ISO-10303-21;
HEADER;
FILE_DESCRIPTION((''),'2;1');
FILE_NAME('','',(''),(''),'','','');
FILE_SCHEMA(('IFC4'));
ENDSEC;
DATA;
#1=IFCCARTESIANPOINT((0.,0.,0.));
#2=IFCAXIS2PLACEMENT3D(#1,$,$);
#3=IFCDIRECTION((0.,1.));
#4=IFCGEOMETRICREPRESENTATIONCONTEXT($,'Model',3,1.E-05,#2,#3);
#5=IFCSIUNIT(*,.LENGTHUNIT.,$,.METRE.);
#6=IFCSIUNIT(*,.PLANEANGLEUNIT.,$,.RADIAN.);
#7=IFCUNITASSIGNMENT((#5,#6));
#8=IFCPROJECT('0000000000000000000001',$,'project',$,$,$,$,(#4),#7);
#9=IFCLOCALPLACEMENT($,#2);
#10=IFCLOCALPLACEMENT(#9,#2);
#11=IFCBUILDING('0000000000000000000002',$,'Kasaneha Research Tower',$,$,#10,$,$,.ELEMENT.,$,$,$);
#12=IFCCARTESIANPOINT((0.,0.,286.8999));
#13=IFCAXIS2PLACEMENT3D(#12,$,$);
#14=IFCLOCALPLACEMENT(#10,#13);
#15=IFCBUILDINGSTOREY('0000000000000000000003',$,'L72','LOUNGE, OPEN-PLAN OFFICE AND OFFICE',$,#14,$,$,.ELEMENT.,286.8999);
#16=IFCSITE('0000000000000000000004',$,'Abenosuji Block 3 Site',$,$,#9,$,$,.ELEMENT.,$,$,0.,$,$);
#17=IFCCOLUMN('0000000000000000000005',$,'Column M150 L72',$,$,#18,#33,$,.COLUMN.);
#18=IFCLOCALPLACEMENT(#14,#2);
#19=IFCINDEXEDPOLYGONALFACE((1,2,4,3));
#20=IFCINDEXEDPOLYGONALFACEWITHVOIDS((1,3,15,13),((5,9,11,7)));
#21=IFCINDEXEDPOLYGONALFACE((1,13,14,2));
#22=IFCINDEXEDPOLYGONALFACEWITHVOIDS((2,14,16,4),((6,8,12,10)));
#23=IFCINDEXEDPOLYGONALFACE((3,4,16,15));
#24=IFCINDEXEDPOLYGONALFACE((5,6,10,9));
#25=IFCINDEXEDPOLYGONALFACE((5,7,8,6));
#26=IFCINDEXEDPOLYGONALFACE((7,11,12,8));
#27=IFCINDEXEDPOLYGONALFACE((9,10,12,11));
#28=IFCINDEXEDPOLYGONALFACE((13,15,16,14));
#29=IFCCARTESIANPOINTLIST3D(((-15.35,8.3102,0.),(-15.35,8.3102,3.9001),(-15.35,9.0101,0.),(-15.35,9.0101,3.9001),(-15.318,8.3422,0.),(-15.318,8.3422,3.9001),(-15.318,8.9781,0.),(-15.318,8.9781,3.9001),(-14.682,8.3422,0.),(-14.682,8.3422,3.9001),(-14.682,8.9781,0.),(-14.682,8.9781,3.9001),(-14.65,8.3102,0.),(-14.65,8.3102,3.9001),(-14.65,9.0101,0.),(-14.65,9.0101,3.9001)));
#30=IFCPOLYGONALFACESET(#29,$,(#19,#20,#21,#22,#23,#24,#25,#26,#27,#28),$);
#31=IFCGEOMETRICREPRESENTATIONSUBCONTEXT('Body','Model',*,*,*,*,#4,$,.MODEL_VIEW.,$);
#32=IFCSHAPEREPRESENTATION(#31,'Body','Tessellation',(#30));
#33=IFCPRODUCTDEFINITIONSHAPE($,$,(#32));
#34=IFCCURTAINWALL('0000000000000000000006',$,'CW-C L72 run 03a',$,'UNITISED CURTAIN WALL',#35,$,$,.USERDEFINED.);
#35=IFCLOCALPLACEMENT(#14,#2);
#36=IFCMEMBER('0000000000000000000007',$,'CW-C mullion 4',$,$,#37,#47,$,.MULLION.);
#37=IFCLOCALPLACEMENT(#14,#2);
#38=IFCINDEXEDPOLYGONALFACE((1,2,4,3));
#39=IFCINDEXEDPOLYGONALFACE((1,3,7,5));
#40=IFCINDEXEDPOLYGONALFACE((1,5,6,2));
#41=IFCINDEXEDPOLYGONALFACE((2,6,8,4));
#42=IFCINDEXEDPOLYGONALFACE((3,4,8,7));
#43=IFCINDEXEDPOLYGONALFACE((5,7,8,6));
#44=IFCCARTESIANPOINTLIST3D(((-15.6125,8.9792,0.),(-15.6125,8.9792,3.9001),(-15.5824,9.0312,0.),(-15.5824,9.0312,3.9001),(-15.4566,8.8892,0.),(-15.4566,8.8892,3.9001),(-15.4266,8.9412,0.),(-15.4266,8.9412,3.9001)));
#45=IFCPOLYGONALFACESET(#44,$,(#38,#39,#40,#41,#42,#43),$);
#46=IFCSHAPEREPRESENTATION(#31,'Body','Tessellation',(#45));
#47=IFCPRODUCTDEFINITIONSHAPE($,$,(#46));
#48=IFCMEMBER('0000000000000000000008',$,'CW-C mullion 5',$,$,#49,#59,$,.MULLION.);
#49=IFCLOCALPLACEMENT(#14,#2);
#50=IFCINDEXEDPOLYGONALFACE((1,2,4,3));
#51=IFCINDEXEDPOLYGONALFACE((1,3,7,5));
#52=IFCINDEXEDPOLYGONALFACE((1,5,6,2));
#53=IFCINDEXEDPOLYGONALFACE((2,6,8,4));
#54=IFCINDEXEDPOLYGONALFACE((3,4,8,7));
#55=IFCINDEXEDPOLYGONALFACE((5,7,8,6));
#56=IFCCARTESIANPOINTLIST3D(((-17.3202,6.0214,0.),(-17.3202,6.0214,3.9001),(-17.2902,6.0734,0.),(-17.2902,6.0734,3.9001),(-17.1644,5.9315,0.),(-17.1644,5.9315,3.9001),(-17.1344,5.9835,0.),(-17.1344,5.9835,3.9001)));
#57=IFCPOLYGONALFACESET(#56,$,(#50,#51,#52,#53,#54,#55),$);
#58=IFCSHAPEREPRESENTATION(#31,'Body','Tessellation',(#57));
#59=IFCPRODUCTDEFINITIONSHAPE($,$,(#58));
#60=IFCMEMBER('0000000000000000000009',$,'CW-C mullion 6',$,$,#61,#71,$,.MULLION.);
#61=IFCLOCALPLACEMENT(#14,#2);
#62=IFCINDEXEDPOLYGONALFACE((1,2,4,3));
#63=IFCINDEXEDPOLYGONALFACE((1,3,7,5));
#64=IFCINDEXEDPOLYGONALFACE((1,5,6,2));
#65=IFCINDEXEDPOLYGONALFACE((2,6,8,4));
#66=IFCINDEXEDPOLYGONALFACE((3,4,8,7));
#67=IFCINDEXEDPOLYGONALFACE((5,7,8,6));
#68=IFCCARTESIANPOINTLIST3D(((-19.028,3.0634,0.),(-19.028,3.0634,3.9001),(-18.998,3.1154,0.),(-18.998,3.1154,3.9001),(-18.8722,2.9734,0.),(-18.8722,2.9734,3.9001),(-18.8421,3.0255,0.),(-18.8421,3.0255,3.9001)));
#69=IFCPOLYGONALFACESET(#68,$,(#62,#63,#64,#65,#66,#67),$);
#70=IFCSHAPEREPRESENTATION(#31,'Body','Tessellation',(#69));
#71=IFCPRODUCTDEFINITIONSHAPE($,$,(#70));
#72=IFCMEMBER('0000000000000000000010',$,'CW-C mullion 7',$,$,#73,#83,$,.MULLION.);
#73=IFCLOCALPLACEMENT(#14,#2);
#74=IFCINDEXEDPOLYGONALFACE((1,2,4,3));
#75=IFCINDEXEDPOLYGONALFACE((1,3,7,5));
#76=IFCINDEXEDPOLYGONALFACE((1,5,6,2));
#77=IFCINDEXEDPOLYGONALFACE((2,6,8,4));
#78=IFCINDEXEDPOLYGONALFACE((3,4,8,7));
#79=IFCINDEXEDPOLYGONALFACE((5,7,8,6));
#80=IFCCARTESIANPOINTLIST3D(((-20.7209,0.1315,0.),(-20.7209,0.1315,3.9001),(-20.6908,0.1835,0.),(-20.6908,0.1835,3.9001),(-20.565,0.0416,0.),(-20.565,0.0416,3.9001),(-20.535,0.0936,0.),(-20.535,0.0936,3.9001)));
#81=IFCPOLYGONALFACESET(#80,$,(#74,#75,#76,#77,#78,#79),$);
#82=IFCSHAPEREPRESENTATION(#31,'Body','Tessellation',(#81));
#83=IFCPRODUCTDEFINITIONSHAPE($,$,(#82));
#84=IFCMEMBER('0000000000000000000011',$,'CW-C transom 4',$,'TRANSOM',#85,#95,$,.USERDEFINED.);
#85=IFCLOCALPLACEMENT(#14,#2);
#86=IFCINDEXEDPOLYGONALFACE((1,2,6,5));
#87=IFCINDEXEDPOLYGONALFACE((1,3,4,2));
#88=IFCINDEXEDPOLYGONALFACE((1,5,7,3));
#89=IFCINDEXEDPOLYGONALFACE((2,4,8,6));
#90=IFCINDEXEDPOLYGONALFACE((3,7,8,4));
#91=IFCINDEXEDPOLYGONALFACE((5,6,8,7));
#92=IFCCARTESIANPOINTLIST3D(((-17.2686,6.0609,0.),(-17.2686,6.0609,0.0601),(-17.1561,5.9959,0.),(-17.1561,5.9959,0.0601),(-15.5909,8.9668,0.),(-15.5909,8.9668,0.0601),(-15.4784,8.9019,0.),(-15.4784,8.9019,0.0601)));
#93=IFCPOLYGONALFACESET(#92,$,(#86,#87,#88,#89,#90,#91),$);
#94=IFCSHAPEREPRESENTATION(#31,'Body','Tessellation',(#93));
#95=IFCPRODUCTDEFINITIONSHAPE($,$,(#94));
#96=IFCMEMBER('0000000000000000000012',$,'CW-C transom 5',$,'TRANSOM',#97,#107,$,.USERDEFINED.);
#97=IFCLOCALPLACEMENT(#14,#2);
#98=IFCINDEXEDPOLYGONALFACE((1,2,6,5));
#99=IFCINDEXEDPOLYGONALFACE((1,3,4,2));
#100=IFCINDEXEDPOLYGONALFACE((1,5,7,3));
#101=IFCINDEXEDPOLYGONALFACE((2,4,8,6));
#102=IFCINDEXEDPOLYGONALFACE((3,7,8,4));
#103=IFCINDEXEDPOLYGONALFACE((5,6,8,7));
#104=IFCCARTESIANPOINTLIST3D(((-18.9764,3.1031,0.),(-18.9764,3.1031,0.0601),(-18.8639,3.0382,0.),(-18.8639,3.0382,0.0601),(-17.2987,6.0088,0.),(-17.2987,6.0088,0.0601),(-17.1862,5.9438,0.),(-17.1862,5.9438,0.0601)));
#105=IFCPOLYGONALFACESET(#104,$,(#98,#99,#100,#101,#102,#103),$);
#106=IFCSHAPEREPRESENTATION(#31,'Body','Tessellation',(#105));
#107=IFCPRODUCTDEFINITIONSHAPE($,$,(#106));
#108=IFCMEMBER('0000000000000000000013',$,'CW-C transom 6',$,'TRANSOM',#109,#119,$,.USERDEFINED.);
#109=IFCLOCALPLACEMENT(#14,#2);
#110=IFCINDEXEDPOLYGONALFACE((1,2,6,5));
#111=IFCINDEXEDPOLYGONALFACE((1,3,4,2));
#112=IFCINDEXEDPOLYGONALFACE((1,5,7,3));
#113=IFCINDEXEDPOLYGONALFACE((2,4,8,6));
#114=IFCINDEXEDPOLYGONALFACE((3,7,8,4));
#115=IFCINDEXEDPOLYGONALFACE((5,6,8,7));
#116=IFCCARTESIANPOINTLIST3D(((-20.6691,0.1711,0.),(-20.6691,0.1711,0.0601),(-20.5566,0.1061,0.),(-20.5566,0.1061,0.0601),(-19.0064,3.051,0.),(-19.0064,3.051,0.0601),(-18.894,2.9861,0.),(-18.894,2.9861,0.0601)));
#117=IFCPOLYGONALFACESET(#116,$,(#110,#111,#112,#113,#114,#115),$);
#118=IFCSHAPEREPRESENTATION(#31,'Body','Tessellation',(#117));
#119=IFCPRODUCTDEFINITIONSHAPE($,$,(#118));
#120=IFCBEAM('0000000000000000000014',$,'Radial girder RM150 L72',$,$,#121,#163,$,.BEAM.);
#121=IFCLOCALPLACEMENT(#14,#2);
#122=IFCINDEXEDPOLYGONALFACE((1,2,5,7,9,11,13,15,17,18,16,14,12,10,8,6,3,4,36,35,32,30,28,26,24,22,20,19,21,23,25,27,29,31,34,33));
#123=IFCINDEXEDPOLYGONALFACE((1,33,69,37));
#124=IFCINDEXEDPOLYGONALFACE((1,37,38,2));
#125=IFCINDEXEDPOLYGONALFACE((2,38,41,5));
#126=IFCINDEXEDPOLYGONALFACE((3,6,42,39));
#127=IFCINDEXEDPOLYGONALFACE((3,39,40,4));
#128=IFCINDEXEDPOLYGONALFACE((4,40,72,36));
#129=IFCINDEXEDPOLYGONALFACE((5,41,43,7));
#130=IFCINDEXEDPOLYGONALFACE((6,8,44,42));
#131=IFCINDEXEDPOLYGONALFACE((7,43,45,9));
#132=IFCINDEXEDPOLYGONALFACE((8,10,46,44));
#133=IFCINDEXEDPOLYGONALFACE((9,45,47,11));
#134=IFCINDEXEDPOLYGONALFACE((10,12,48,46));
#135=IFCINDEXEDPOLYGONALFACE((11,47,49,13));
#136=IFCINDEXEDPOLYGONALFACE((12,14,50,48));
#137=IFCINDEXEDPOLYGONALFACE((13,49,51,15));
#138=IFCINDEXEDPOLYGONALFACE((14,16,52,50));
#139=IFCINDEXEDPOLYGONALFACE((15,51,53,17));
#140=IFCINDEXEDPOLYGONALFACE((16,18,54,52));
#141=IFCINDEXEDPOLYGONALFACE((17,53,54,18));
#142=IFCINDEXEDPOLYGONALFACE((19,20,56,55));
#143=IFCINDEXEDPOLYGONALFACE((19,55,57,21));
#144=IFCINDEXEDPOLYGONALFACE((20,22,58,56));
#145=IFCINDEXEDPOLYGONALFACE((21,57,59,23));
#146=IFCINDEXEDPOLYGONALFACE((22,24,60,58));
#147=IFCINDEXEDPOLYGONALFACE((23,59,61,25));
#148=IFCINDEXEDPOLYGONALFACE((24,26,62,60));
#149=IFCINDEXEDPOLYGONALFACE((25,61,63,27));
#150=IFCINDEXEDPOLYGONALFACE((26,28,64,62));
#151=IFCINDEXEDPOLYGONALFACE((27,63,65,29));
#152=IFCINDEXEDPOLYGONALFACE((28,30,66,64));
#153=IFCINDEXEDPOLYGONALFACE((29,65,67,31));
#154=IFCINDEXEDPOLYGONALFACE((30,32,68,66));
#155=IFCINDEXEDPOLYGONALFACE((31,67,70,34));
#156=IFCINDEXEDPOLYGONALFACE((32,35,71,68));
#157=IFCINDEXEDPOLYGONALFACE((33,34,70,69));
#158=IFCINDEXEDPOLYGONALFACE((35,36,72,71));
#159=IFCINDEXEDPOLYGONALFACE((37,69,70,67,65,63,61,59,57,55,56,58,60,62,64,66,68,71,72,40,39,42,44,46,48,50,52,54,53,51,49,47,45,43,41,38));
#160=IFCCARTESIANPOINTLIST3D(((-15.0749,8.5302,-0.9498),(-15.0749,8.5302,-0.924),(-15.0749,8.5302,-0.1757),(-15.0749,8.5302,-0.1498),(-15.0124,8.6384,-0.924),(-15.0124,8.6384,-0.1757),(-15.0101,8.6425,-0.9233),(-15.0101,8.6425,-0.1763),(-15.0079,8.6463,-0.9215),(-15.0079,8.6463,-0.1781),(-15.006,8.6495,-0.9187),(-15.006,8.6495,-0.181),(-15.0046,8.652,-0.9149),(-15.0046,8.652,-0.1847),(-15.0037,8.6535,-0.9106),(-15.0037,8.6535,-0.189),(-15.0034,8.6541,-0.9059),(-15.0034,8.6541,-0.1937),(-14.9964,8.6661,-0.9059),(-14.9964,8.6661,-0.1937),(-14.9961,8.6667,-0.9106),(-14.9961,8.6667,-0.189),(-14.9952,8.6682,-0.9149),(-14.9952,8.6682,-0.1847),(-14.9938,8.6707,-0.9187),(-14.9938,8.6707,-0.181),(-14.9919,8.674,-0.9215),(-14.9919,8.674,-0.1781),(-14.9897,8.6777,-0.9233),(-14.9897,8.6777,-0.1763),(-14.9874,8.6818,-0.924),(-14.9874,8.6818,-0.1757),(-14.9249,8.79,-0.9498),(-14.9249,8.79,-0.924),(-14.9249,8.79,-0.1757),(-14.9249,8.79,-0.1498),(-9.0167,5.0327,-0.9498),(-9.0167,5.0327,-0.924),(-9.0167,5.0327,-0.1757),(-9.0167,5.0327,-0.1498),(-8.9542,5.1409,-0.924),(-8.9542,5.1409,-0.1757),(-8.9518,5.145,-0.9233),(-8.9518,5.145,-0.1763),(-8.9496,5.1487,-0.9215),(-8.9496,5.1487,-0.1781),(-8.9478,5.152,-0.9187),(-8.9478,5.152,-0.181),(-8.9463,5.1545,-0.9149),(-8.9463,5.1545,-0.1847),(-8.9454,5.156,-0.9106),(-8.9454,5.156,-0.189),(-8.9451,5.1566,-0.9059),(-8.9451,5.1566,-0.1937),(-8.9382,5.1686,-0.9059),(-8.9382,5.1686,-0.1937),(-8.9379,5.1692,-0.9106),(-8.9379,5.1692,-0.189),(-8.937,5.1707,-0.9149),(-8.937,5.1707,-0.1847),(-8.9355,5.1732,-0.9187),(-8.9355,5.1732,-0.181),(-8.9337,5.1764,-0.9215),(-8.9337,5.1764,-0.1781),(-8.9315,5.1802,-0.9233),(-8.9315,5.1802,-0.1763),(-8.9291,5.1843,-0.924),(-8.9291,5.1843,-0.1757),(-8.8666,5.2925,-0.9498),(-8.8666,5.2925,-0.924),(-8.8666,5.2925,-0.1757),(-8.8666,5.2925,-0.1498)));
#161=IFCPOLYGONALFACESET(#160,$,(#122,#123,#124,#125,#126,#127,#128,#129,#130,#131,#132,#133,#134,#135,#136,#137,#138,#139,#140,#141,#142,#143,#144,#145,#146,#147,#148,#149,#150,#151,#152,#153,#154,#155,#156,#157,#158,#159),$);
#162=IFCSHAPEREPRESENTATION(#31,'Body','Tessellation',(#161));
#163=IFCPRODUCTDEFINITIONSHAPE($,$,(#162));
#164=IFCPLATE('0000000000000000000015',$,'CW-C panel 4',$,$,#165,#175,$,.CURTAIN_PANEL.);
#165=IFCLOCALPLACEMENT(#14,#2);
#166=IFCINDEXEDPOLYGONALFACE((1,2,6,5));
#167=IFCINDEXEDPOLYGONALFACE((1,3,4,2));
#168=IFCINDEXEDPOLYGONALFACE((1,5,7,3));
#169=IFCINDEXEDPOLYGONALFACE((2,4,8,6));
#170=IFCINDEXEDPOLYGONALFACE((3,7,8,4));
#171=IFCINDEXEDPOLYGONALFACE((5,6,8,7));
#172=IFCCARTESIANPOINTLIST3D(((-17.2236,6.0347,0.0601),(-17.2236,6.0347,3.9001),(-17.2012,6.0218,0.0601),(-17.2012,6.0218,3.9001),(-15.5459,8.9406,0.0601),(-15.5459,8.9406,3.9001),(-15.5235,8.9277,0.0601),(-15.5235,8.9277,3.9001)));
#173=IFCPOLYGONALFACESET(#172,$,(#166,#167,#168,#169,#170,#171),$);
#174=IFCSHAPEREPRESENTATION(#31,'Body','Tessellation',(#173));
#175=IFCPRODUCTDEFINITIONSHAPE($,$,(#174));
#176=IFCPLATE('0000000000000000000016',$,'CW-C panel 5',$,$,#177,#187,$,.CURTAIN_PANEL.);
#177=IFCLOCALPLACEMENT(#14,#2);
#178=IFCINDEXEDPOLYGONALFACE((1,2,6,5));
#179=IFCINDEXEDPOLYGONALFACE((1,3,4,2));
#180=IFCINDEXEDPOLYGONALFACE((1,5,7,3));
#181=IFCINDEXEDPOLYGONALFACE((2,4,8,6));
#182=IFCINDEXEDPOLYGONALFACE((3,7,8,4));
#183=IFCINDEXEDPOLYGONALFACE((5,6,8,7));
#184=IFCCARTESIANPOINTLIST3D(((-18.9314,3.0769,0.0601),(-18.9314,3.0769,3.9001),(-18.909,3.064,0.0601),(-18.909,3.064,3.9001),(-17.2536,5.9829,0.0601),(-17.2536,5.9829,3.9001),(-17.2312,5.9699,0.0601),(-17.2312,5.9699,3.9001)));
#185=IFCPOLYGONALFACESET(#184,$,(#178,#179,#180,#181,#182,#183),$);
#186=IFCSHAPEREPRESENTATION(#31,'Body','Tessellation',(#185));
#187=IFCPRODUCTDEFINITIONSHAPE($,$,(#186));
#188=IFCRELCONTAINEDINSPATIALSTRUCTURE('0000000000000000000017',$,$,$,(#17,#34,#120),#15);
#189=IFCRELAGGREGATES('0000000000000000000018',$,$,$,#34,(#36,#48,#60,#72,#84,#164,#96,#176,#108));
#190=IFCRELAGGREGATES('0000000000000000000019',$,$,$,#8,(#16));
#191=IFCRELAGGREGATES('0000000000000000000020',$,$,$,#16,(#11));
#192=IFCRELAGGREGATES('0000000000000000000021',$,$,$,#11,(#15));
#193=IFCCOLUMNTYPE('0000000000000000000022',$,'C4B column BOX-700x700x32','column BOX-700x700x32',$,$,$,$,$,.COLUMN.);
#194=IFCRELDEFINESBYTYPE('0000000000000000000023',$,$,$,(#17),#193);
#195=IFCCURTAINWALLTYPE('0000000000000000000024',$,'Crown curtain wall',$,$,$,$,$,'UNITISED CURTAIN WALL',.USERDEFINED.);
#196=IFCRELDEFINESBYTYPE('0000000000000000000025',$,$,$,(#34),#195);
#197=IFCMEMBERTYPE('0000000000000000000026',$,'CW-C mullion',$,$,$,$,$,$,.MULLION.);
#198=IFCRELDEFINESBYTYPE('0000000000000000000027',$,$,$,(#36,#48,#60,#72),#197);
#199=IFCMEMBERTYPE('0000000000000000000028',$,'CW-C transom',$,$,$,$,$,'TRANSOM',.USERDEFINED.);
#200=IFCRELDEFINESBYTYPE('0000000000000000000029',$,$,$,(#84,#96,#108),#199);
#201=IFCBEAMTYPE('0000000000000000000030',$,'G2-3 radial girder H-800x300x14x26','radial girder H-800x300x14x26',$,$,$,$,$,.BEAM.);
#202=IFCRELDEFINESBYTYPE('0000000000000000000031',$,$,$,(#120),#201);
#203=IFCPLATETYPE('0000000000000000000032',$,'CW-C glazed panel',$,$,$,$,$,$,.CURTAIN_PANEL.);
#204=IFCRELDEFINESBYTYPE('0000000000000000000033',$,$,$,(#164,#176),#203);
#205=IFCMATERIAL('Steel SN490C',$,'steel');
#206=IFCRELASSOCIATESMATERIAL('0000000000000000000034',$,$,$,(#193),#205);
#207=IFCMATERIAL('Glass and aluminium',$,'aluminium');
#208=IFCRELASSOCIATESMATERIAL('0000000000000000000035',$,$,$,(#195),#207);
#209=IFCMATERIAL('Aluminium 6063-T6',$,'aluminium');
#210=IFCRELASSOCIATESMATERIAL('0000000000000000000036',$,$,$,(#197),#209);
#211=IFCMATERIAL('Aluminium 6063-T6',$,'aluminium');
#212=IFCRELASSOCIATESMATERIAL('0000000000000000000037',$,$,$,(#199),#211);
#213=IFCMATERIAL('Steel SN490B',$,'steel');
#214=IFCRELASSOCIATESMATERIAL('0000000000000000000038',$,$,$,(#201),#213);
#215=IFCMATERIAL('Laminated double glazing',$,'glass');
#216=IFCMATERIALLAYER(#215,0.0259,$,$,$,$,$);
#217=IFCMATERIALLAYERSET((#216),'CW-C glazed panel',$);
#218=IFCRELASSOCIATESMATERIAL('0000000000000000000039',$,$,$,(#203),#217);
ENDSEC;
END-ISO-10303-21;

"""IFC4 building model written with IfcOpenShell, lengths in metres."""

from ifc_helpers import new_model, si_unit, direction, frame, origin, origin_2d, place, context, subcontext, project, spatial, rectangle, hollow_rectangle, i_section, extrude, material, layer, layer_set, material_profile, profile_set, type_object, element, aggregate, save


model = new_model("IFC4")

# Units and contexts
model_context = context("Model", 3, precision=1e-05, world=origin(), true_north=direction((0.0, 1.0)))
body_context = subcontext(model_context, "Body", "Model", "MODEL_VIEW")
ifc_project = project(units=[si_unit("LENGTHUNIT", "METRE"), si_unit("PLANEANGLEUNIT", "RADIAN")], contexts=[model_context])

# Site, building, storey
site_placement = place(None, origin())
site = spatial("IfcSite", under=ifc_project, at=site_placement, Name="Abenosuji Block 3 Site", CompositionType="ELEMENT", RefElevation=0.0)
building_placement = place(site_placement, origin())
building = spatial("IfcBuilding", under=site, at=building_placement, Name="Kasaneha Research Tower", CompositionType="ELEMENT")
storey_placement = place(building_placement, frame((0.0, 0.0, 286.8999)))
storey = spatial("IfcBuildingStorey", under=building, at=storey_placement, Name="L72", Description="LOUNGE, OPEN-PLAN OFFICE AND OFFICE", CompositionType="ELEMENT", Elevation=286.8999)

# Column
ifc_material_1 = material(Name="Steel SN490C", Category="steel")
ifc_material_profile_1 = material_profile(ifc_material_1, hollow_rectangle(XDim=0.7, YDim=0.7, WallThickness=0.032, at=origin_2d()), Name="BOX-700x700x32")
ifc_profile_set_1 = profile_set([ifc_material_profile_1], Name="Steel SN490C")
column_type = type_object("IfcColumnType", Name="C4B column BOX-700x700x32", Description="column BOX-700x700x32", PredefinedType="COLUMN", material=ifc_profile_set_1)
column_placement = place(storey_placement, frame((-15.0, 8.6602, 0.0), z_axis=(0.0, 0.0, 1.0), x_axis=(1.0, 0.0, 0.0)))
element("IfcColumn", 1, at=column_placement, inside=storey, type_object=column_type, Name="Column M150 L72", PredefinedType="COLUMN", context=body_context, shape_type="SweptSolid", body=[
    extrude(hollow_rectangle(XDim=0.7, YDim=0.7, WallThickness=0.032, at=origin_2d()), origin(), (0.0, 0.0, 1.0), 3.9001),
])

# Curtain wall, members
ifc_material_2 = material(Name="Glass and aluminium", Category="aluminium")
curtain_wall_type = type_object("IfcCurtainWallType", Name="Crown curtain wall", ElementType="UNITISED CURTAIN WALL", PredefinedType="USERDEFINED", material=ifc_material_2)
curtain_wall_placement = place(storey_placement, origin())
curtain_wall = element("IfcCurtainWall", 2, at=curtain_wall_placement, inside=storey, type_object=curtain_wall_type, Name="CW-C L72 run 03a", ObjectType="UNITISED CURTAIN WALL", PredefinedType="USERDEFINED")
ifc_material_3 = material(Name="Aluminium 6063-T6", Category="aluminium")
ifc_material_profile_2 = material_profile(ifc_material_3, rectangle(XDim=0.0601, YDim=0.1799, at=origin_2d()), Name="CW-C mullion 60x180")
ifc_profile_set_2 = profile_set([ifc_material_profile_2], Name="Aluminium 6063-T6")
member_type_1 = type_object("IfcMemberType", Name="CW-C mullion", PredefinedType="MULLION", material=ifc_profile_set_2)
member_1_placement = place(storey_placement, frame((-15.5195, 8.9602, 0.0), z_axis=(0.0, 0.0, 1.0), x_axis=(-0.5, -0.866025, 0.0)))
member_1 = element("IfcMember", 3, at=member_1_placement, type_object=member_type_1, Name="CW-C mullion 4", PredefinedType="MULLION", context=body_context, shape_type="SweptSolid", body=[
    extrude(rectangle(XDim=0.0601, YDim=0.1799, at=origin_2d()), origin(), (0.0, 0.0, 1.0), 3.9001),
])
member_2_placement = place(storey_placement, frame((-17.2273, 6.0024, 0.0), z_axis=(0.0, 0.0, 1.0), x_axis=(-0.5, -0.866025, 0.0)))
member_2 = element("IfcMember", 4, at=member_2_placement, type_object=member_type_1, Name="CW-C mullion 5", PredefinedType="MULLION", context=body_context, shape_type="SweptSolid", body=[
    extrude(rectangle(XDim=0.0601, YDim=0.1799, at=origin_2d()), origin(), (0.0, 0.0, 1.0), 3.9001),
])
member_3_placement = place(storey_placement, frame((-18.9351, 3.0444, 0.0), z_axis=(0.0, 0.0, 1.0), x_axis=(-0.5, -0.866025, 0.0)))
member_3 = element("IfcMember", 5, at=member_3_placement, type_object=member_type_1, Name="CW-C mullion 6", PredefinedType="MULLION", context=body_context, shape_type="SweptSolid", body=[
    extrude(rectangle(XDim=0.0601, YDim=0.1799, at=origin_2d()), origin(), (0.0, 0.0, 1.0), 3.9001),
])
member_4_placement = place(storey_placement, frame((-20.6279, 0.1125, 0.0), z_axis=(0.0, 0.0, 1.0), x_axis=(-0.5, -0.866025, 0.0)))
member_4 = element("IfcMember", 6, at=member_4_placement, type_object=member_type_1, Name="CW-C mullion 7", PredefinedType="MULLION", context=body_context, shape_type="SweptSolid", body=[
    extrude(rectangle(XDim=0.0601, YDim=0.1799, at=origin_2d()), origin(), (0.0, 0.0, 1.0), 3.9001),
])
ifc_material_4 = material(Name="Aluminium 6063-T6", Category="aluminium")
ifc_material_profile_3 = material_profile(ifc_material_4, rectangle(XDim=0.1299, YDim=0.0601, at=origin_2d()), Name="CW-C transom 130x60")
ifc_profile_set_3 = profile_set([ifc_material_profile_3], Name="Aluminium 6063-T6")
member_type_2 = type_object("IfcMemberType", Name="CW-C transom", ElementType="TRANSOM", PredefinedType="USERDEFINED", material=ifc_profile_set_3)
member_5_placement = place(storey_placement, frame((-15.5347, 8.9343, 0.03), z_axis=(-0.499989, -0.866032, 0.0), x_axis=(0.866032, -0.499989, 0.0)))
member_5 = element("IfcMember", 7, at=member_5_placement, type_object=member_type_2, Name="CW-C transom 4", ObjectType="TRANSOM", PredefinedType="USERDEFINED", context=body_context, shape_type="SweptSolid", body=[
    extrude(rectangle(XDim=0.1299, YDim=0.0601, at=origin_2d()), origin(), (0.0, 0.0, 1.0), 3.3555),
])
member_6_placement = place(storey_placement, frame((-17.2424, 5.9763, 0.03), z_axis=(-0.500021, -0.866014, 0.0), x_axis=(0.866014, -0.500021, 0.0)))
member_6 = element("IfcMember", 8, at=member_6_placement, type_object=member_type_2, Name="CW-C transom 5", ObjectType="TRANSOM", PredefinedType="USERDEFINED", context=body_context, shape_type="SweptSolid", body=[
    extrude(rectangle(XDim=0.1299, YDim=0.0601, at=origin_2d()), origin(), (0.0, 0.0, 1.0), 3.3552),
])
member_7_placement = place(storey_placement, frame((-18.9502, 3.0186, 0.03), z_axis=(-0.499977, -0.866039, 0.0), x_axis=(0.866039, -0.499977, 0.0)))
member_7 = element("IfcMember", 9, at=member_7_placement, type_object=member_type_2, Name="CW-C transom 6", ObjectType="TRANSOM", PredefinedType="USERDEFINED", context=body_context, shape_type="SweptSolid", body=[
    extrude(rectangle(XDim=0.1299, YDim=0.0601, at=origin_2d()), origin(), (0.0, 0.0, 1.0), 3.3254),
])

# Beam
ifc_material_5 = material(Name="Steel SN490B", Category="steel")
ifc_material_profile_4 = material_profile(ifc_material_5, i_section(OverallWidth=0.3, OverallDepth=0.8, WebThickness=0.0139, FlangeThickness=0.0259, FilletRadius=0.0181, at=origin_2d()), Name="H-800x300x14x26")
ifc_profile_set_4 = profile_set([ifc_material_profile_4], Name="Steel SN490B")
beam_type = type_object("IfcBeamType", Name="G2-3 radial girder H-800x300x14x26", Description="radial girder H-800x300x14x26", PredefinedType="BEAM", material=ifc_profile_set_4)
beam_placement = place(storey_placement, frame((-8.9417, 5.1626, -0.5498), z_axis=(-0.86604, 0.499975, 0.0), x_axis=(-0.499975, -0.86604, 0.0)))
element("IfcBeam", 10, at=beam_placement, inside=storey, type_object=beam_type, Name="Radial girder RM150 L72", PredefinedType="BEAM", context=body_context, shape_type="SweptSolid", body=[
    extrude(i_section(OverallWidth=0.3, OverallDepth=0.8, WebThickness=0.0139, FlangeThickness=0.0259, FilletRadius=0.0181, at=origin_2d()), origin(), (0.0, 0.0, 1.0), 6.9954),
])

# Plates
ifc_material_6 = material(Name="Laminated double glazing", Category="glass")
ifc_layer_1 = layer(ifc_material_6, 0.0259)
ifc_layer_set_1 = layer_set([ifc_layer_1], Name="CW-C glazed panel")
plate_type = type_object("IfcPlateType", Name="CW-C glazed panel", PredefinedType="CURTAIN_PANEL", material=ifc_layer_set_1)
plate_1_placement = place(storey_placement, frame((-16.3735, 7.4812, 0.0601), z_axis=(0.0, 0.0, 1.0), x_axis=(-0.5, -0.866025, 0.0)))
plate_1 = element("IfcPlate", 11, at=plate_1_placement, type_object=plate_type, Name="CW-C panel 4", PredefinedType="CURTAIN_PANEL", context=body_context, shape_type="SweptSolid", body=[
    extrude(rectangle(XDim=3.3555, YDim=0.0259, at=origin_2d()), origin(), (0.0, 0.0, 1.0), 3.8401),
])
plate_2_placement = place(storey_placement, frame((-18.0813, 4.5234, 0.0601), z_axis=(0.0, 0.0, 1.0), x_axis=(-0.5, -0.866025, 0.0)))
plate_2 = element("IfcPlate", 12, at=plate_2_placement, type_object=plate_type, Name="CW-C panel 5", PredefinedType="CURTAIN_PANEL", context=body_context, shape_type="SweptSolid", body=[
    extrude(rectangle(XDim=3.3555, YDim=0.0259, at=origin_2d()), origin(), (0.0, 0.0, 1.0), 3.8401),
])
aggregate(curtain_wall, [member_1, member_2, member_3, member_4, member_5, plate_1, member_6, plate_2, member_7])

save(model, "model.ifc")
